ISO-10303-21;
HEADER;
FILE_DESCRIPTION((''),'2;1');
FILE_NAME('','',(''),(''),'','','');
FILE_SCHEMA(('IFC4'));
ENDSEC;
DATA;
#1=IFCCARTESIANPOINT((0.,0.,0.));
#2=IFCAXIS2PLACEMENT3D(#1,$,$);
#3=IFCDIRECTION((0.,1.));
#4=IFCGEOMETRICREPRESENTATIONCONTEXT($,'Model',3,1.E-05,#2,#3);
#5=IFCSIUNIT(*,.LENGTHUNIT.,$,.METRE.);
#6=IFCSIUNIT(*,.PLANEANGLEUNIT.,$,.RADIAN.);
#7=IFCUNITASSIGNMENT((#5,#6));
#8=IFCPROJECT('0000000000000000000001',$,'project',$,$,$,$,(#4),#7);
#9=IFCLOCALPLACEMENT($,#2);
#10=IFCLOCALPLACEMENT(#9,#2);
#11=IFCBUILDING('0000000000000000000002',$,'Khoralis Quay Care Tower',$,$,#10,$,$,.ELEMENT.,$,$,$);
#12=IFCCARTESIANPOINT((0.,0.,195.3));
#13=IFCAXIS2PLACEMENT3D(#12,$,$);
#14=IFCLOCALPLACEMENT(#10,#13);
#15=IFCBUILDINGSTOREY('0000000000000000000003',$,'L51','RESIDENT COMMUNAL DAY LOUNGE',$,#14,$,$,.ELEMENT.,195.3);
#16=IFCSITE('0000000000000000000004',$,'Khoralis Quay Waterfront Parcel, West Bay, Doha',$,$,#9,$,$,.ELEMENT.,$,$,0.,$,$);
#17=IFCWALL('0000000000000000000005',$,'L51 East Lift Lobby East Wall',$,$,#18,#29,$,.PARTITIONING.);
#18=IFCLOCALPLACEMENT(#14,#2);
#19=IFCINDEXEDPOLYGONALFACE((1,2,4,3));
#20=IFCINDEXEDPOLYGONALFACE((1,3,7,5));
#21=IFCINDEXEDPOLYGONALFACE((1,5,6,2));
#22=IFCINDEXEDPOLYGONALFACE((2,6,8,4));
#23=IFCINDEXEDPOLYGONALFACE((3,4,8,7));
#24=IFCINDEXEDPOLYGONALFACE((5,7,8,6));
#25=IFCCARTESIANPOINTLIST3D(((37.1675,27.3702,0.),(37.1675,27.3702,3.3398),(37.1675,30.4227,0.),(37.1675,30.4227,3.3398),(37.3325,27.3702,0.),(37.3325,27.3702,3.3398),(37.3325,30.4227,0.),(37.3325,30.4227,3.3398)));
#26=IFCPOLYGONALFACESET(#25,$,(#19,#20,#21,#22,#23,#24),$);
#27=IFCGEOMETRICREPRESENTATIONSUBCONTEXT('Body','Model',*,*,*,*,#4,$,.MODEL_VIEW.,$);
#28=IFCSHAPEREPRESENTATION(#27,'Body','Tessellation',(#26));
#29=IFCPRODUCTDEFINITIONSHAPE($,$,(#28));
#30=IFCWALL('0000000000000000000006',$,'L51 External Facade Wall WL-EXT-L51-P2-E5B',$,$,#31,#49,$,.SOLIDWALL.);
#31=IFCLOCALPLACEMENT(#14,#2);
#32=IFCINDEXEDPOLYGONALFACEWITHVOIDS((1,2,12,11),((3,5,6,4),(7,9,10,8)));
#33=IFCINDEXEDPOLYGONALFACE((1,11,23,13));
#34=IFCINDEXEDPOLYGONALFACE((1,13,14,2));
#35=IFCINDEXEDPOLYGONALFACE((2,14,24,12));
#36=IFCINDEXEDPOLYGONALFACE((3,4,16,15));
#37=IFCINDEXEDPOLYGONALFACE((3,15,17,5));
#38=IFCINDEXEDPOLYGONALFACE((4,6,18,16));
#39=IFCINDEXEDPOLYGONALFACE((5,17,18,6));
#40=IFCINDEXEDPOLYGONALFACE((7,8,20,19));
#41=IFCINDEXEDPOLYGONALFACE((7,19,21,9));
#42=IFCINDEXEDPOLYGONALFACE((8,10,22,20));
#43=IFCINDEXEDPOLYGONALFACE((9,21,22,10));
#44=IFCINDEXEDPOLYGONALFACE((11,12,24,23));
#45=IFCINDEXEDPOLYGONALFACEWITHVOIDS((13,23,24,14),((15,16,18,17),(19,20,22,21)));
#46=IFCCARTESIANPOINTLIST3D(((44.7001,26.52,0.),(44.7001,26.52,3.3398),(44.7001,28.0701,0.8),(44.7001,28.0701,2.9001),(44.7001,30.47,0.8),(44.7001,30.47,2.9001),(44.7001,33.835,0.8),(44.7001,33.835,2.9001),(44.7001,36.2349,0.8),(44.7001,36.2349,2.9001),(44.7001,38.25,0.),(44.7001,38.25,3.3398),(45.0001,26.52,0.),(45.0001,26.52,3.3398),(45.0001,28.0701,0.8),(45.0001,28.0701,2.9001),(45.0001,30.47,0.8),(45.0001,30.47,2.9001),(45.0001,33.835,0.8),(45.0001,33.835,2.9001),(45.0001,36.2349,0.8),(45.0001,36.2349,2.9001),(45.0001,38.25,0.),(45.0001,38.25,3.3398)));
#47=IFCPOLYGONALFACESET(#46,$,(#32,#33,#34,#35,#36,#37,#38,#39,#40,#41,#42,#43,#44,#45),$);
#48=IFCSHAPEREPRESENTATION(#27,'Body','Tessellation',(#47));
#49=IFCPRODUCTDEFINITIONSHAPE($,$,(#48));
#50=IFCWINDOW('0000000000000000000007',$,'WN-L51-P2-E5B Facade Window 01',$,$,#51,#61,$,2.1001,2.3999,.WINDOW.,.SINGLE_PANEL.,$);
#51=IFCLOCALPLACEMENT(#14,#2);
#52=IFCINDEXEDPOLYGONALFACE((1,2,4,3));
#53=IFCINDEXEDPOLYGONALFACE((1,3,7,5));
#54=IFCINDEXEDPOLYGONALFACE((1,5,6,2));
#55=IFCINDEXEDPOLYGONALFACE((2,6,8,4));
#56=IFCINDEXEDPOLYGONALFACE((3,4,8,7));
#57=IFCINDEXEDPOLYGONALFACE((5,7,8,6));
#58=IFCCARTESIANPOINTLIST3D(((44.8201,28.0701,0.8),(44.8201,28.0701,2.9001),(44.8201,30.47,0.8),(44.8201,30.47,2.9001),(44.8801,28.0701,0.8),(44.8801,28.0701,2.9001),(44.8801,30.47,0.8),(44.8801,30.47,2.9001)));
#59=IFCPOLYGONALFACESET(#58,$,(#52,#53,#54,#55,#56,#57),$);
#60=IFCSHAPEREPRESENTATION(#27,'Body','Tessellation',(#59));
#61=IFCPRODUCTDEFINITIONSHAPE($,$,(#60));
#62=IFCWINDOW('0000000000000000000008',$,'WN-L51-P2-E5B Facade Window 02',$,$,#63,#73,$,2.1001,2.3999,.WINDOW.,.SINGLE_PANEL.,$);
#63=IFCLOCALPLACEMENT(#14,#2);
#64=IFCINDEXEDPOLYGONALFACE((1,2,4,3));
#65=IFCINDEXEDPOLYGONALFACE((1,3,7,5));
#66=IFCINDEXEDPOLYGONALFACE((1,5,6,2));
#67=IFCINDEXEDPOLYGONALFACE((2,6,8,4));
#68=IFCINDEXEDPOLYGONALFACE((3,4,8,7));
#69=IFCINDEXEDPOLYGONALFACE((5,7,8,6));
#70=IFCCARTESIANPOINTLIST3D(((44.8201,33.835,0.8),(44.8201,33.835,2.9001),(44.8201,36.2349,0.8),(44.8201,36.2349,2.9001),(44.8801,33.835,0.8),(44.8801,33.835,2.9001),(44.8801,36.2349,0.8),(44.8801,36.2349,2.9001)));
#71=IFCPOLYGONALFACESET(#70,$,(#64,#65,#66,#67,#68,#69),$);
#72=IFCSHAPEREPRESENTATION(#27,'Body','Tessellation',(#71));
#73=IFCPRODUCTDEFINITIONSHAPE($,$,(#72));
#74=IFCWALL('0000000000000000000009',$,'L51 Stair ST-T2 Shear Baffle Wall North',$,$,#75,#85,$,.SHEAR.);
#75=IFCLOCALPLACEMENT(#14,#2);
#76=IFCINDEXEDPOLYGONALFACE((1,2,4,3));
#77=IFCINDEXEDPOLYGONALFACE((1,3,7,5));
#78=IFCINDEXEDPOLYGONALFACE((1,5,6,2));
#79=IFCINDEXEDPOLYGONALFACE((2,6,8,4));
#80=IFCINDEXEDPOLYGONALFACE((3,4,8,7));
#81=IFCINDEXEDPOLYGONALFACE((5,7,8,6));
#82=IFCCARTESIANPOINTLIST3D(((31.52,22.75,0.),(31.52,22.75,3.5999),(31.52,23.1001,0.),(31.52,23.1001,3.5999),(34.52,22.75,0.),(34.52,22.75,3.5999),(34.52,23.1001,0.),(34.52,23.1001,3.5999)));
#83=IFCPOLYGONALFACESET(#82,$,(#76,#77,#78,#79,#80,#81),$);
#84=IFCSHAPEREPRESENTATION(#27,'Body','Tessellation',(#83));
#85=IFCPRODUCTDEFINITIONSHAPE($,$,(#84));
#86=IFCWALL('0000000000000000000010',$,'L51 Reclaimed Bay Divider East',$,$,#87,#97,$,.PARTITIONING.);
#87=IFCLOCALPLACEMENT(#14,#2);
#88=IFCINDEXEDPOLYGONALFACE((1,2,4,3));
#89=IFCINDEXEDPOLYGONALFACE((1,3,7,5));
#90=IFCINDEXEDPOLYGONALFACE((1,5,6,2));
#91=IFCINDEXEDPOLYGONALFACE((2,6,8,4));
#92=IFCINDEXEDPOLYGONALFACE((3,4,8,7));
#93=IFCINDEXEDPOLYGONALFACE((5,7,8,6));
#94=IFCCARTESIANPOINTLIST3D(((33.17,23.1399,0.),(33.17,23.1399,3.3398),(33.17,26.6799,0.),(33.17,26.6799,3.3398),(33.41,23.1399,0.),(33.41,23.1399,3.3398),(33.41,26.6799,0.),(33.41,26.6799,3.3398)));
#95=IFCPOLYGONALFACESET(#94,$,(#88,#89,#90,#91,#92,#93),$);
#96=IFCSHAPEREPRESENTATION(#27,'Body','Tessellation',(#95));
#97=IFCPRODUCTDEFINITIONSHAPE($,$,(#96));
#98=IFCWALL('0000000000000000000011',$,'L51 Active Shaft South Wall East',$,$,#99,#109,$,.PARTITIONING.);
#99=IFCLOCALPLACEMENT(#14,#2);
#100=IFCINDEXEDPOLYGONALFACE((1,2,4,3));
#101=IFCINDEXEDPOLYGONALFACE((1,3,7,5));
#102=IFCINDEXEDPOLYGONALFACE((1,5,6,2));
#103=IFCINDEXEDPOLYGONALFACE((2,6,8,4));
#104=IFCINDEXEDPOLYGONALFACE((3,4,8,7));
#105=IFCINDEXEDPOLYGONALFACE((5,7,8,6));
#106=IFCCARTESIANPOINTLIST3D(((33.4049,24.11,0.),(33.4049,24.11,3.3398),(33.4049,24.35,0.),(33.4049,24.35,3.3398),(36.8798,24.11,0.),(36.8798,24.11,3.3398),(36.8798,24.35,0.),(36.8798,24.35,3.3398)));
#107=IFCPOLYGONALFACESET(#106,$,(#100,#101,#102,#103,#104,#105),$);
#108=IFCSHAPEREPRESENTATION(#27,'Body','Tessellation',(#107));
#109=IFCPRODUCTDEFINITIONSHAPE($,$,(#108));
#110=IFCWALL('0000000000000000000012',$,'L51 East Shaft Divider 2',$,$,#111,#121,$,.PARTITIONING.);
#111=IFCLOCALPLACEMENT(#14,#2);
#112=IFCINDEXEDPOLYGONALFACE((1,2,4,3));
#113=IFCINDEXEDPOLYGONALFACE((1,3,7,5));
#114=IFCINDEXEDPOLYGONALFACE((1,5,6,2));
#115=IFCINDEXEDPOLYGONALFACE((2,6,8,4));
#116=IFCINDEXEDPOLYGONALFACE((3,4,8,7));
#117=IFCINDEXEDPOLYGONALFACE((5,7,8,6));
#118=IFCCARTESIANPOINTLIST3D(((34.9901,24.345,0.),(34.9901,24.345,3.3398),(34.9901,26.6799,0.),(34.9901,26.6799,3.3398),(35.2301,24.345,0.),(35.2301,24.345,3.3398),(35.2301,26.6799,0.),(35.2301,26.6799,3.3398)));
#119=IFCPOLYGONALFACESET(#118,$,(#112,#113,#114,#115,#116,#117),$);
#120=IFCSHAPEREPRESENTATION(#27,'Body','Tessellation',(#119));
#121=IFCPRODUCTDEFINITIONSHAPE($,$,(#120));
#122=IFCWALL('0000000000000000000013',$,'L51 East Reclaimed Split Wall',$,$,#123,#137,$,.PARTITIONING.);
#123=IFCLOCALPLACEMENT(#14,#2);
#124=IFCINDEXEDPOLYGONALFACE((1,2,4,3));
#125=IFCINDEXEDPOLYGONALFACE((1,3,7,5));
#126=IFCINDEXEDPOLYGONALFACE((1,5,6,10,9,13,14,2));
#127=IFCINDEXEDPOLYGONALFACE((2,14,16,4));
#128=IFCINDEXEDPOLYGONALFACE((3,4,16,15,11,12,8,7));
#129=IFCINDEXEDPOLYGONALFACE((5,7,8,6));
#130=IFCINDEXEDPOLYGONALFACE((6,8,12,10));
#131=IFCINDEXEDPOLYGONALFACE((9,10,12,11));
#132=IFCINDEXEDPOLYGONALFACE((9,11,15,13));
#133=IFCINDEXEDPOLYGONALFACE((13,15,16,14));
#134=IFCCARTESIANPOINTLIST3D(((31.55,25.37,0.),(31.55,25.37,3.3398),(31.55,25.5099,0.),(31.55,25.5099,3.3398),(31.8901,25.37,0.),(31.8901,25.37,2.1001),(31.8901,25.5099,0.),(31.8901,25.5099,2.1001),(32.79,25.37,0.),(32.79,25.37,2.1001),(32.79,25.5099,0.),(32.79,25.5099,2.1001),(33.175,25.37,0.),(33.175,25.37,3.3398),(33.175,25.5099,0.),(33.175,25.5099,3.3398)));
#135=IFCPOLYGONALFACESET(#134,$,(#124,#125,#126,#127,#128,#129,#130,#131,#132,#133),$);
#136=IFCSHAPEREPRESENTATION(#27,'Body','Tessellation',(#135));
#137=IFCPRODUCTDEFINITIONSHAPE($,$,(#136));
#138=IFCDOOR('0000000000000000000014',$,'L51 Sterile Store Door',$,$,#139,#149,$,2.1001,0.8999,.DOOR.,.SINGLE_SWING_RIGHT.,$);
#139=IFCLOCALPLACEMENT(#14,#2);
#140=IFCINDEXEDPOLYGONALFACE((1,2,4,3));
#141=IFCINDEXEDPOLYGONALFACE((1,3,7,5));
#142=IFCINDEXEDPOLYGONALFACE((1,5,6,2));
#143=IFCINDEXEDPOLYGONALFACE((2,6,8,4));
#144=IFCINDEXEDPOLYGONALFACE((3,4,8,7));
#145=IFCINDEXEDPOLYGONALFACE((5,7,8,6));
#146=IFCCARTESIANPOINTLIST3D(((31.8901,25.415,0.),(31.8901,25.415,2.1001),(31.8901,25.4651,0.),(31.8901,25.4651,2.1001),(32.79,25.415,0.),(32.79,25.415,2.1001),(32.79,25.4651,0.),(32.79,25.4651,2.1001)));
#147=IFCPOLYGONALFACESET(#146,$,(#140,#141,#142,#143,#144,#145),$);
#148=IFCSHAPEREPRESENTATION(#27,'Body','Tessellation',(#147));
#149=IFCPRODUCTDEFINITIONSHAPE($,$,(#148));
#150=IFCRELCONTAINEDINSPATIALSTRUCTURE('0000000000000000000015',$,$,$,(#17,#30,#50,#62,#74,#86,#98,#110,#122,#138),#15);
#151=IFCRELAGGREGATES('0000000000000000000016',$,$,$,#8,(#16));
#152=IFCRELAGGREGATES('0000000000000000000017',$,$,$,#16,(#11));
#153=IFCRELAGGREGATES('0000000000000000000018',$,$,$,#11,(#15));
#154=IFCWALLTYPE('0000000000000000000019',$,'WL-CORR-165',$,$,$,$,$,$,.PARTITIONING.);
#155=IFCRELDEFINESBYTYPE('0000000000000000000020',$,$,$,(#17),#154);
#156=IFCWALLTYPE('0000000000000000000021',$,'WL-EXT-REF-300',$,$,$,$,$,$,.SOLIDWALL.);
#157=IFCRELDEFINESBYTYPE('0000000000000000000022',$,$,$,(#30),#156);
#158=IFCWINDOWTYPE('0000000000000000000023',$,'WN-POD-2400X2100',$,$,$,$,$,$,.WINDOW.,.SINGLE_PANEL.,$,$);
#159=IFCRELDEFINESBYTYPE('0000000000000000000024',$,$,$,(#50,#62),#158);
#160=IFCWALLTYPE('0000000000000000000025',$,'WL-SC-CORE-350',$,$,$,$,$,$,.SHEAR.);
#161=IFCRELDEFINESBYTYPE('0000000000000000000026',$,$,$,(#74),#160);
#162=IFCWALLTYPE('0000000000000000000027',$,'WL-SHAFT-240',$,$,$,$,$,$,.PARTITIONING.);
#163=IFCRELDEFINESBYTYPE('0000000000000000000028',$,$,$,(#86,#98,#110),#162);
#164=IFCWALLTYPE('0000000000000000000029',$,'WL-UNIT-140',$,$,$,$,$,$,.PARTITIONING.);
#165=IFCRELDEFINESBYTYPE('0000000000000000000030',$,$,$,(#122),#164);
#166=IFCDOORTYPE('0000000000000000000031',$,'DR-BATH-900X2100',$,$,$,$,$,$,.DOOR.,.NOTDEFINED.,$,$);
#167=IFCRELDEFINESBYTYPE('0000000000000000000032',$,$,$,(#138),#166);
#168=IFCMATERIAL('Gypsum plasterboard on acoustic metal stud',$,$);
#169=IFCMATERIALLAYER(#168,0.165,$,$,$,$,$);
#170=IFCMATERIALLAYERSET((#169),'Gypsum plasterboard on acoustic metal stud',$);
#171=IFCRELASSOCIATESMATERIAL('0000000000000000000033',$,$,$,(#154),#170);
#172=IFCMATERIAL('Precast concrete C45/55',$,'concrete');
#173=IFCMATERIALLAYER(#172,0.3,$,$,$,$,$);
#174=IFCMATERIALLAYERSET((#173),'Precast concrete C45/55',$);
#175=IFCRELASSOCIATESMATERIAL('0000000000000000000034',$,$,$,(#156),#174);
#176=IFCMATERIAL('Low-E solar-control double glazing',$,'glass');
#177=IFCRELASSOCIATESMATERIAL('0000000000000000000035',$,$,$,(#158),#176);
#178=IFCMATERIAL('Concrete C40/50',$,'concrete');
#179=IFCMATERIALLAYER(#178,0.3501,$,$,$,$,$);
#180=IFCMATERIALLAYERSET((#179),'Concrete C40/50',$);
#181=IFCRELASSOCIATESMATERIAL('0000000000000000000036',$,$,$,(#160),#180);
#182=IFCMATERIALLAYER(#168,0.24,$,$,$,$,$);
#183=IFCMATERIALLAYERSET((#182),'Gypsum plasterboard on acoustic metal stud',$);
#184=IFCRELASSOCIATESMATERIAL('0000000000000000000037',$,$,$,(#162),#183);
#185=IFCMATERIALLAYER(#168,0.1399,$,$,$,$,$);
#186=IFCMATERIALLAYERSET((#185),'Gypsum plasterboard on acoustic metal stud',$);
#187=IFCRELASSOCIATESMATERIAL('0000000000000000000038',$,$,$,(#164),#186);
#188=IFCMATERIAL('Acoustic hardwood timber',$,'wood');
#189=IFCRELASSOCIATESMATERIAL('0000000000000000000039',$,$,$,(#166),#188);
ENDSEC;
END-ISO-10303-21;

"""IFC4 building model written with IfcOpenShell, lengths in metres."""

from ifc_helpers import new_model, si_unit, direction, frame, frame_2d, origin, place, context, subcontext, project, spatial, rectangle, extrude, source, transform, mapped, material, layer, layer_set, type_object, element, fill, save


model = new_model("IFC4")

# Units and contexts
model_context = context("Model", 3, precision=1e-05, world=origin(), true_north=direction((0.0, 1.0)))
body_context = subcontext(model_context, "Body", "Model", "MODEL_VIEW")
ifc_project = project(units=[si_unit("LENGTHUNIT", "METRE"), si_unit("PLANEANGLEUNIT", "RADIAN")], contexts=[model_context])

# Site, building, storey
site_placement = place(None, origin())
site = spatial("IfcSite", under=ifc_project, at=site_placement, Name="Khoralis Quay Waterfront Parcel, West Bay, Doha", CompositionType="ELEMENT", RefElevation=0.0)
building_placement = place(site_placement, origin())
building = spatial("IfcBuilding", under=site, at=building_placement, Name="Khoralis Quay Care Tower", CompositionType="ELEMENT")
storey_placement = place(building_placement, frame((0.0, 0.0, 195.3)))
storey = spatial("IfcBuildingStorey", under=building, at=storey_placement, Name="L51", Description="RESIDENT COMMUNAL DAY LOUNGE", CompositionType="ELEMENT", Elevation=195.3)

# Shared definitions
ifc_material_1 = material(Name="Low-E solar-control double glazing", Category="glass")

# Shared definitions
ifc_material_2 = material(Name="Acoustic hardwood timber", Category="wood")

# Wall
ifc_material_3 = material(Name="Gypsum plasterboard on acoustic metal stud")
ifc_layer_1 = layer(ifc_material_3, 0.165)
ifc_layer_set_1 = layer_set([ifc_layer_1], Name="Gypsum plasterboard on acoustic metal stud")
wall_type_1 = type_object("IfcWallType", Name="WL-CORR-165", PredefinedType="PARTITIONING", material=ifc_layer_set_1)
wall_1_placement = place(storey_placement, frame((37.25, 27.3701, 0.0), z_axis=(0.0, 0.0, 1.0), x_axis=(0.0, 1.0, 0.0)))
element("IfcWall", 1, at=wall_1_placement, inside=storey, type_object=wall_type_1, Name="L51 East Lift Lobby East Wall", PredefinedType="PARTITIONING", context=body_context, shape_type="SweptSolid", body=[
    extrude(rectangle(XDim=3.0525, YDim=0.165, at=frame_2d((1.5264, 0.0))), origin(), (0.0, 0.0, 1.0), 3.3398),
])

# Wall, openings, windows
ifc_material_4 = material(Name="Precast concrete C45/55", Category="concrete")
ifc_layer_2 = layer(ifc_material_4, 0.3)
ifc_layer_set_2 = layer_set([ifc_layer_2], Name="Precast concrete C45/55")
wall_type_2 = type_object("IfcWallType", Name="WL-EXT-REF-300", PredefinedType="SOLIDWALL", material=ifc_layer_set_2)
wall_2_placement = place(storey_placement, frame((44.8501, 26.52, 0.0), z_axis=(0.0, 0.0, 1.0), x_axis=(0.0, 1.0, 0.0)))
wall_2 = element("IfcWall", 2, at=wall_2_placement, inside=storey, type_object=wall_type_2, Name="L51 External Facade Wall WL-EXT-L51-P2-E5B", PredefinedType="SOLIDWALL", context=body_context, shape_type="SweptSolid", body=[
    extrude(rectangle(XDim=11.73, YDim=0.3, at=frame_2d((5.865, 0.0))), origin(), (0.0, 0.0, 1.0), 3.3398),
])
opening_1_placement = place(wall_2_placement, frame((1.55, 0.0, 0.8)))
opening_1 = element("IfcOpeningElement", 3, at=opening_1_placement, cuts=wall_2, PredefinedType="OPENING", context=body_context, shape_type="SweptSolid", body=[
    extrude(rectangle(XDim=2.3999, YDim=2.1001, at=frame_2d((1.2, 1.05))), frame((0.0, 0.1602, 0.0), z_axis=(0.0, -1.0, 0.0), x_axis=(1.0, 0.0, 0.0)), (0.0, 0.0, 1.0), 0.3201),
])
opening_2_placement = place(wall_2_placement, frame((7.3149, 0.0, 0.8)))
opening_2 = element("IfcOpeningElement", 4, at=opening_2_placement, cuts=wall_2, PredefinedType="OPENING", context=body_context, shape_type="SweptSolid", body=[
    extrude(rectangle(XDim=2.3999, YDim=2.1001, at=frame_2d((1.2, 1.05))), frame((0.0, 0.1602, 0.0), z_axis=(0.0, -1.0, 0.0), x_axis=(1.0, 0.0, 0.0)), (0.0, 0.0, 1.0), 0.3201),
])
window_type = type_object("IfcWindowType", Name="WN-POD-2400X2100", PartitioningType="SINGLE_PANEL", PredefinedType="WINDOW", material=ifc_material_1)
shared_shape_1 = source(origin(), body_context, "Body", "SweptSolid", [
    extrude(rectangle(XDim=2.3999, YDim=2.1001, at=frame_2d((1.2, 1.05))), frame((0.0, 0.03, 0.0), z_axis=(0.0, -1.0, 0.0), x_axis=(1.0, 0.0, 0.0)), (0.0, 0.0, 1.0), 0.0601),
])
window_1_placement = place(opening_1_placement, origin())
window_1 = element("IfcWindow", 5, at=window_1_placement, inside=storey, type_object=window_type, Name="WN-L51-P2-E5B Facade Window 01", OverallHeight=2.1001, OverallWidth=2.3999, PartitioningType="SINGLE_PANEL", PredefinedType="WINDOW", context=body_context, shape_type="MappedRepresentation", body=[
    mapped(shared_shape_1, transform((0.0, 0.0, 0.0), scale=1.0)),
])
fill(opening_1, window_1)
window_2_placement = place(opening_2_placement, origin())
window_2 = element("IfcWindow", 6, at=window_2_placement, inside=storey, type_object=window_type, Name="WN-L51-P2-E5B Facade Window 02", OverallHeight=2.1001, OverallWidth=2.3999, PartitioningType="SINGLE_PANEL", PredefinedType="WINDOW", context=body_context, shape_type="MappedRepresentation", body=[
    mapped(shared_shape_1, transform((0.0, 0.0, 0.0), scale=1.0)),
])
fill(opening_2, window_2)

# Walls
ifc_material_5 = material(Name="Concrete C40/50", Category="concrete")
ifc_layer_3 = layer(ifc_material_5, 0.3501)
ifc_layer_set_3 = layer_set([ifc_layer_3], Name="Concrete C40/50")
wall_type_3 = type_object("IfcWallType", Name="WL-SC-CORE-350", PredefinedType="SHEAR", material=ifc_layer_set_3)
wall_3_placement = place(storey_placement, frame((31.52, 22.925, 0.0), z_axis=(0.0, 0.0, 1.0), x_axis=(1.0, 0.0, 0.0)))
element("IfcWall", 7, at=wall_3_placement, inside=storey, type_object=wall_type_3, Name="L51 Stair ST-T2 Shear Baffle Wall North", PredefinedType="SHEAR", context=body_context, shape_type="SweptSolid", body=[
    extrude(rectangle(XDim=3.0, YDim=0.3501, at=frame_2d((1.5, 0.0))), origin(), (0.0, 0.0, 1.0), 3.5999),
])
ifc_layer_4 = layer(ifc_material_3, 0.24)
ifc_layer_set_4 = layer_set([ifc_layer_4], Name="Gypsum plasterboard on acoustic metal stud")
wall_type_4 = type_object("IfcWallType", Name="WL-SHAFT-240", PredefinedType="PARTITIONING", material=ifc_layer_set_4)
wall_4_placement = place(storey_placement, frame((33.29, 23.1399, 0.0), z_axis=(0.0, 0.0, 1.0), x_axis=(0.0, 1.0, 0.0)))
element("IfcWall", 8, at=wall_4_placement, inside=storey, type_object=wall_type_4, Name="L51 Reclaimed Bay Divider East", PredefinedType="PARTITIONING", context=body_context, shape_type="SweptSolid", body=[
    extrude(rectangle(XDim=3.54, YDim=0.24, at=frame_2d((1.77, 0.0))), origin(), (0.0, 0.0, 1.0), 3.3398),
])
wall_5_placement = place(storey_placement, frame((33.405, 24.23, 0.0), z_axis=(0.0, 0.0, 1.0), x_axis=(1.0, 0.0, 0.0)))
element("IfcWall", 9, at=wall_5_placement, inside=storey, type_object=wall_type_4, Name="L51 Active Shaft South Wall East", PredefinedType="PARTITIONING", context=body_context, shape_type="SweptSolid", body=[
    extrude(rectangle(XDim=3.4749, YDim=0.24, at=frame_2d((1.7373, 0.0))), origin(), (0.0, 0.0, 1.0), 3.3398),
])
wall_6_placement = place(storey_placement, frame((35.1101, 24.345, 0.0), z_axis=(0.0, 0.0, 1.0), x_axis=(0.0, 1.0, 0.0)))
element("IfcWall", 10, at=wall_6_placement, inside=storey, type_object=wall_type_4, Name="L51 East Shaft Divider 2", PredefinedType="PARTITIONING", context=body_context, shape_type="SweptSolid", body=[
    extrude(rectangle(XDim=2.335, YDim=0.24, at=frame_2d((1.1675, 0.0))), origin(), (0.0, 0.0, 1.0), 3.3398),
])

# Wall, opening, door
ifc_layer_5 = layer(ifc_material_3, 0.1399)
ifc_layer_set_5 = layer_set([ifc_layer_5], Name="Gypsum plasterboard on acoustic metal stud")
wall_type_5 = type_object("IfcWallType", Name="WL-UNIT-140", PredefinedType="PARTITIONING", material=ifc_layer_set_5)
wall_7_placement = place(storey_placement, frame((31.55, 25.4399, 0.0), z_axis=(0.0, 0.0, 1.0), x_axis=(1.0, 0.0, 0.0)))
wall_7 = element("IfcWall", 11, at=wall_7_placement, inside=storey, type_object=wall_type_5, Name="L51 East Reclaimed Split Wall", PredefinedType="PARTITIONING", context=body_context, shape_type="SweptSolid", body=[
    extrude(rectangle(XDim=1.625, YDim=0.1399, at=frame_2d((0.8125, 0.0))), origin(), (0.0, 0.0, 1.0), 3.3398),
])
opening_3_placement = place(wall_7_placement, frame((0.3401, 0.0, 0.0)))
opening_3 = element("IfcOpeningElement", 12, at=opening_3_placement, cuts=wall_7, PredefinedType="OPENING", context=body_context, shape_type="SweptSolid", body=[
    extrude(rectangle(XDim=0.8999, YDim=2.1001, at=frame_2d((0.45, 1.05))), frame((0.0, 0.0801, 0.0), z_axis=(0.0, -1.0, 0.0), x_axis=(1.0, 0.0, 0.0)), (0.0, 0.0, 1.0), 0.1599),
])
door_type_1 = type_object("IfcDoorType", Name="DR-BATH-900X2100", OperationType="NOTDEFINED", PredefinedType="DOOR", material=ifc_material_2)
shared_shape_2 = source(origin(), body_context, "Body", "SweptSolid", [
    extrude(rectangle(XDim=0.8999, YDim=2.1001, at=frame_2d((0.45, 1.05))), frame((0.0, 0.0249, 0.0), z_axis=(0.0, -1.0, 0.0), x_axis=(1.0, 0.0, 0.0)), (0.0, 0.0, 1.0), 0.05),
])
door_1_placement = place(opening_3_placement, frame((0.8999, 0.0, 0.0), z_axis=(0.0, 0.0, 1.0), x_axis=(-1.0, 0.0, 0.0)))
door_1 = element("IfcDoor", 13, at=door_1_placement, inside=storey, type_object=door_type_1, Name="L51 Sterile Store Door", OperationType="SINGLE_SWING_RIGHT", OverallHeight=2.1001, OverallWidth=0.8999, PredefinedType="DOOR", context=body_context, shape_type="MappedRepresentation", body=[
    mapped(shared_shape_2, transform((0.0, 0.0, 0.0), scale=1.0)),
])
fill(opening_3, door_1)

save(model, "model.ifc")
